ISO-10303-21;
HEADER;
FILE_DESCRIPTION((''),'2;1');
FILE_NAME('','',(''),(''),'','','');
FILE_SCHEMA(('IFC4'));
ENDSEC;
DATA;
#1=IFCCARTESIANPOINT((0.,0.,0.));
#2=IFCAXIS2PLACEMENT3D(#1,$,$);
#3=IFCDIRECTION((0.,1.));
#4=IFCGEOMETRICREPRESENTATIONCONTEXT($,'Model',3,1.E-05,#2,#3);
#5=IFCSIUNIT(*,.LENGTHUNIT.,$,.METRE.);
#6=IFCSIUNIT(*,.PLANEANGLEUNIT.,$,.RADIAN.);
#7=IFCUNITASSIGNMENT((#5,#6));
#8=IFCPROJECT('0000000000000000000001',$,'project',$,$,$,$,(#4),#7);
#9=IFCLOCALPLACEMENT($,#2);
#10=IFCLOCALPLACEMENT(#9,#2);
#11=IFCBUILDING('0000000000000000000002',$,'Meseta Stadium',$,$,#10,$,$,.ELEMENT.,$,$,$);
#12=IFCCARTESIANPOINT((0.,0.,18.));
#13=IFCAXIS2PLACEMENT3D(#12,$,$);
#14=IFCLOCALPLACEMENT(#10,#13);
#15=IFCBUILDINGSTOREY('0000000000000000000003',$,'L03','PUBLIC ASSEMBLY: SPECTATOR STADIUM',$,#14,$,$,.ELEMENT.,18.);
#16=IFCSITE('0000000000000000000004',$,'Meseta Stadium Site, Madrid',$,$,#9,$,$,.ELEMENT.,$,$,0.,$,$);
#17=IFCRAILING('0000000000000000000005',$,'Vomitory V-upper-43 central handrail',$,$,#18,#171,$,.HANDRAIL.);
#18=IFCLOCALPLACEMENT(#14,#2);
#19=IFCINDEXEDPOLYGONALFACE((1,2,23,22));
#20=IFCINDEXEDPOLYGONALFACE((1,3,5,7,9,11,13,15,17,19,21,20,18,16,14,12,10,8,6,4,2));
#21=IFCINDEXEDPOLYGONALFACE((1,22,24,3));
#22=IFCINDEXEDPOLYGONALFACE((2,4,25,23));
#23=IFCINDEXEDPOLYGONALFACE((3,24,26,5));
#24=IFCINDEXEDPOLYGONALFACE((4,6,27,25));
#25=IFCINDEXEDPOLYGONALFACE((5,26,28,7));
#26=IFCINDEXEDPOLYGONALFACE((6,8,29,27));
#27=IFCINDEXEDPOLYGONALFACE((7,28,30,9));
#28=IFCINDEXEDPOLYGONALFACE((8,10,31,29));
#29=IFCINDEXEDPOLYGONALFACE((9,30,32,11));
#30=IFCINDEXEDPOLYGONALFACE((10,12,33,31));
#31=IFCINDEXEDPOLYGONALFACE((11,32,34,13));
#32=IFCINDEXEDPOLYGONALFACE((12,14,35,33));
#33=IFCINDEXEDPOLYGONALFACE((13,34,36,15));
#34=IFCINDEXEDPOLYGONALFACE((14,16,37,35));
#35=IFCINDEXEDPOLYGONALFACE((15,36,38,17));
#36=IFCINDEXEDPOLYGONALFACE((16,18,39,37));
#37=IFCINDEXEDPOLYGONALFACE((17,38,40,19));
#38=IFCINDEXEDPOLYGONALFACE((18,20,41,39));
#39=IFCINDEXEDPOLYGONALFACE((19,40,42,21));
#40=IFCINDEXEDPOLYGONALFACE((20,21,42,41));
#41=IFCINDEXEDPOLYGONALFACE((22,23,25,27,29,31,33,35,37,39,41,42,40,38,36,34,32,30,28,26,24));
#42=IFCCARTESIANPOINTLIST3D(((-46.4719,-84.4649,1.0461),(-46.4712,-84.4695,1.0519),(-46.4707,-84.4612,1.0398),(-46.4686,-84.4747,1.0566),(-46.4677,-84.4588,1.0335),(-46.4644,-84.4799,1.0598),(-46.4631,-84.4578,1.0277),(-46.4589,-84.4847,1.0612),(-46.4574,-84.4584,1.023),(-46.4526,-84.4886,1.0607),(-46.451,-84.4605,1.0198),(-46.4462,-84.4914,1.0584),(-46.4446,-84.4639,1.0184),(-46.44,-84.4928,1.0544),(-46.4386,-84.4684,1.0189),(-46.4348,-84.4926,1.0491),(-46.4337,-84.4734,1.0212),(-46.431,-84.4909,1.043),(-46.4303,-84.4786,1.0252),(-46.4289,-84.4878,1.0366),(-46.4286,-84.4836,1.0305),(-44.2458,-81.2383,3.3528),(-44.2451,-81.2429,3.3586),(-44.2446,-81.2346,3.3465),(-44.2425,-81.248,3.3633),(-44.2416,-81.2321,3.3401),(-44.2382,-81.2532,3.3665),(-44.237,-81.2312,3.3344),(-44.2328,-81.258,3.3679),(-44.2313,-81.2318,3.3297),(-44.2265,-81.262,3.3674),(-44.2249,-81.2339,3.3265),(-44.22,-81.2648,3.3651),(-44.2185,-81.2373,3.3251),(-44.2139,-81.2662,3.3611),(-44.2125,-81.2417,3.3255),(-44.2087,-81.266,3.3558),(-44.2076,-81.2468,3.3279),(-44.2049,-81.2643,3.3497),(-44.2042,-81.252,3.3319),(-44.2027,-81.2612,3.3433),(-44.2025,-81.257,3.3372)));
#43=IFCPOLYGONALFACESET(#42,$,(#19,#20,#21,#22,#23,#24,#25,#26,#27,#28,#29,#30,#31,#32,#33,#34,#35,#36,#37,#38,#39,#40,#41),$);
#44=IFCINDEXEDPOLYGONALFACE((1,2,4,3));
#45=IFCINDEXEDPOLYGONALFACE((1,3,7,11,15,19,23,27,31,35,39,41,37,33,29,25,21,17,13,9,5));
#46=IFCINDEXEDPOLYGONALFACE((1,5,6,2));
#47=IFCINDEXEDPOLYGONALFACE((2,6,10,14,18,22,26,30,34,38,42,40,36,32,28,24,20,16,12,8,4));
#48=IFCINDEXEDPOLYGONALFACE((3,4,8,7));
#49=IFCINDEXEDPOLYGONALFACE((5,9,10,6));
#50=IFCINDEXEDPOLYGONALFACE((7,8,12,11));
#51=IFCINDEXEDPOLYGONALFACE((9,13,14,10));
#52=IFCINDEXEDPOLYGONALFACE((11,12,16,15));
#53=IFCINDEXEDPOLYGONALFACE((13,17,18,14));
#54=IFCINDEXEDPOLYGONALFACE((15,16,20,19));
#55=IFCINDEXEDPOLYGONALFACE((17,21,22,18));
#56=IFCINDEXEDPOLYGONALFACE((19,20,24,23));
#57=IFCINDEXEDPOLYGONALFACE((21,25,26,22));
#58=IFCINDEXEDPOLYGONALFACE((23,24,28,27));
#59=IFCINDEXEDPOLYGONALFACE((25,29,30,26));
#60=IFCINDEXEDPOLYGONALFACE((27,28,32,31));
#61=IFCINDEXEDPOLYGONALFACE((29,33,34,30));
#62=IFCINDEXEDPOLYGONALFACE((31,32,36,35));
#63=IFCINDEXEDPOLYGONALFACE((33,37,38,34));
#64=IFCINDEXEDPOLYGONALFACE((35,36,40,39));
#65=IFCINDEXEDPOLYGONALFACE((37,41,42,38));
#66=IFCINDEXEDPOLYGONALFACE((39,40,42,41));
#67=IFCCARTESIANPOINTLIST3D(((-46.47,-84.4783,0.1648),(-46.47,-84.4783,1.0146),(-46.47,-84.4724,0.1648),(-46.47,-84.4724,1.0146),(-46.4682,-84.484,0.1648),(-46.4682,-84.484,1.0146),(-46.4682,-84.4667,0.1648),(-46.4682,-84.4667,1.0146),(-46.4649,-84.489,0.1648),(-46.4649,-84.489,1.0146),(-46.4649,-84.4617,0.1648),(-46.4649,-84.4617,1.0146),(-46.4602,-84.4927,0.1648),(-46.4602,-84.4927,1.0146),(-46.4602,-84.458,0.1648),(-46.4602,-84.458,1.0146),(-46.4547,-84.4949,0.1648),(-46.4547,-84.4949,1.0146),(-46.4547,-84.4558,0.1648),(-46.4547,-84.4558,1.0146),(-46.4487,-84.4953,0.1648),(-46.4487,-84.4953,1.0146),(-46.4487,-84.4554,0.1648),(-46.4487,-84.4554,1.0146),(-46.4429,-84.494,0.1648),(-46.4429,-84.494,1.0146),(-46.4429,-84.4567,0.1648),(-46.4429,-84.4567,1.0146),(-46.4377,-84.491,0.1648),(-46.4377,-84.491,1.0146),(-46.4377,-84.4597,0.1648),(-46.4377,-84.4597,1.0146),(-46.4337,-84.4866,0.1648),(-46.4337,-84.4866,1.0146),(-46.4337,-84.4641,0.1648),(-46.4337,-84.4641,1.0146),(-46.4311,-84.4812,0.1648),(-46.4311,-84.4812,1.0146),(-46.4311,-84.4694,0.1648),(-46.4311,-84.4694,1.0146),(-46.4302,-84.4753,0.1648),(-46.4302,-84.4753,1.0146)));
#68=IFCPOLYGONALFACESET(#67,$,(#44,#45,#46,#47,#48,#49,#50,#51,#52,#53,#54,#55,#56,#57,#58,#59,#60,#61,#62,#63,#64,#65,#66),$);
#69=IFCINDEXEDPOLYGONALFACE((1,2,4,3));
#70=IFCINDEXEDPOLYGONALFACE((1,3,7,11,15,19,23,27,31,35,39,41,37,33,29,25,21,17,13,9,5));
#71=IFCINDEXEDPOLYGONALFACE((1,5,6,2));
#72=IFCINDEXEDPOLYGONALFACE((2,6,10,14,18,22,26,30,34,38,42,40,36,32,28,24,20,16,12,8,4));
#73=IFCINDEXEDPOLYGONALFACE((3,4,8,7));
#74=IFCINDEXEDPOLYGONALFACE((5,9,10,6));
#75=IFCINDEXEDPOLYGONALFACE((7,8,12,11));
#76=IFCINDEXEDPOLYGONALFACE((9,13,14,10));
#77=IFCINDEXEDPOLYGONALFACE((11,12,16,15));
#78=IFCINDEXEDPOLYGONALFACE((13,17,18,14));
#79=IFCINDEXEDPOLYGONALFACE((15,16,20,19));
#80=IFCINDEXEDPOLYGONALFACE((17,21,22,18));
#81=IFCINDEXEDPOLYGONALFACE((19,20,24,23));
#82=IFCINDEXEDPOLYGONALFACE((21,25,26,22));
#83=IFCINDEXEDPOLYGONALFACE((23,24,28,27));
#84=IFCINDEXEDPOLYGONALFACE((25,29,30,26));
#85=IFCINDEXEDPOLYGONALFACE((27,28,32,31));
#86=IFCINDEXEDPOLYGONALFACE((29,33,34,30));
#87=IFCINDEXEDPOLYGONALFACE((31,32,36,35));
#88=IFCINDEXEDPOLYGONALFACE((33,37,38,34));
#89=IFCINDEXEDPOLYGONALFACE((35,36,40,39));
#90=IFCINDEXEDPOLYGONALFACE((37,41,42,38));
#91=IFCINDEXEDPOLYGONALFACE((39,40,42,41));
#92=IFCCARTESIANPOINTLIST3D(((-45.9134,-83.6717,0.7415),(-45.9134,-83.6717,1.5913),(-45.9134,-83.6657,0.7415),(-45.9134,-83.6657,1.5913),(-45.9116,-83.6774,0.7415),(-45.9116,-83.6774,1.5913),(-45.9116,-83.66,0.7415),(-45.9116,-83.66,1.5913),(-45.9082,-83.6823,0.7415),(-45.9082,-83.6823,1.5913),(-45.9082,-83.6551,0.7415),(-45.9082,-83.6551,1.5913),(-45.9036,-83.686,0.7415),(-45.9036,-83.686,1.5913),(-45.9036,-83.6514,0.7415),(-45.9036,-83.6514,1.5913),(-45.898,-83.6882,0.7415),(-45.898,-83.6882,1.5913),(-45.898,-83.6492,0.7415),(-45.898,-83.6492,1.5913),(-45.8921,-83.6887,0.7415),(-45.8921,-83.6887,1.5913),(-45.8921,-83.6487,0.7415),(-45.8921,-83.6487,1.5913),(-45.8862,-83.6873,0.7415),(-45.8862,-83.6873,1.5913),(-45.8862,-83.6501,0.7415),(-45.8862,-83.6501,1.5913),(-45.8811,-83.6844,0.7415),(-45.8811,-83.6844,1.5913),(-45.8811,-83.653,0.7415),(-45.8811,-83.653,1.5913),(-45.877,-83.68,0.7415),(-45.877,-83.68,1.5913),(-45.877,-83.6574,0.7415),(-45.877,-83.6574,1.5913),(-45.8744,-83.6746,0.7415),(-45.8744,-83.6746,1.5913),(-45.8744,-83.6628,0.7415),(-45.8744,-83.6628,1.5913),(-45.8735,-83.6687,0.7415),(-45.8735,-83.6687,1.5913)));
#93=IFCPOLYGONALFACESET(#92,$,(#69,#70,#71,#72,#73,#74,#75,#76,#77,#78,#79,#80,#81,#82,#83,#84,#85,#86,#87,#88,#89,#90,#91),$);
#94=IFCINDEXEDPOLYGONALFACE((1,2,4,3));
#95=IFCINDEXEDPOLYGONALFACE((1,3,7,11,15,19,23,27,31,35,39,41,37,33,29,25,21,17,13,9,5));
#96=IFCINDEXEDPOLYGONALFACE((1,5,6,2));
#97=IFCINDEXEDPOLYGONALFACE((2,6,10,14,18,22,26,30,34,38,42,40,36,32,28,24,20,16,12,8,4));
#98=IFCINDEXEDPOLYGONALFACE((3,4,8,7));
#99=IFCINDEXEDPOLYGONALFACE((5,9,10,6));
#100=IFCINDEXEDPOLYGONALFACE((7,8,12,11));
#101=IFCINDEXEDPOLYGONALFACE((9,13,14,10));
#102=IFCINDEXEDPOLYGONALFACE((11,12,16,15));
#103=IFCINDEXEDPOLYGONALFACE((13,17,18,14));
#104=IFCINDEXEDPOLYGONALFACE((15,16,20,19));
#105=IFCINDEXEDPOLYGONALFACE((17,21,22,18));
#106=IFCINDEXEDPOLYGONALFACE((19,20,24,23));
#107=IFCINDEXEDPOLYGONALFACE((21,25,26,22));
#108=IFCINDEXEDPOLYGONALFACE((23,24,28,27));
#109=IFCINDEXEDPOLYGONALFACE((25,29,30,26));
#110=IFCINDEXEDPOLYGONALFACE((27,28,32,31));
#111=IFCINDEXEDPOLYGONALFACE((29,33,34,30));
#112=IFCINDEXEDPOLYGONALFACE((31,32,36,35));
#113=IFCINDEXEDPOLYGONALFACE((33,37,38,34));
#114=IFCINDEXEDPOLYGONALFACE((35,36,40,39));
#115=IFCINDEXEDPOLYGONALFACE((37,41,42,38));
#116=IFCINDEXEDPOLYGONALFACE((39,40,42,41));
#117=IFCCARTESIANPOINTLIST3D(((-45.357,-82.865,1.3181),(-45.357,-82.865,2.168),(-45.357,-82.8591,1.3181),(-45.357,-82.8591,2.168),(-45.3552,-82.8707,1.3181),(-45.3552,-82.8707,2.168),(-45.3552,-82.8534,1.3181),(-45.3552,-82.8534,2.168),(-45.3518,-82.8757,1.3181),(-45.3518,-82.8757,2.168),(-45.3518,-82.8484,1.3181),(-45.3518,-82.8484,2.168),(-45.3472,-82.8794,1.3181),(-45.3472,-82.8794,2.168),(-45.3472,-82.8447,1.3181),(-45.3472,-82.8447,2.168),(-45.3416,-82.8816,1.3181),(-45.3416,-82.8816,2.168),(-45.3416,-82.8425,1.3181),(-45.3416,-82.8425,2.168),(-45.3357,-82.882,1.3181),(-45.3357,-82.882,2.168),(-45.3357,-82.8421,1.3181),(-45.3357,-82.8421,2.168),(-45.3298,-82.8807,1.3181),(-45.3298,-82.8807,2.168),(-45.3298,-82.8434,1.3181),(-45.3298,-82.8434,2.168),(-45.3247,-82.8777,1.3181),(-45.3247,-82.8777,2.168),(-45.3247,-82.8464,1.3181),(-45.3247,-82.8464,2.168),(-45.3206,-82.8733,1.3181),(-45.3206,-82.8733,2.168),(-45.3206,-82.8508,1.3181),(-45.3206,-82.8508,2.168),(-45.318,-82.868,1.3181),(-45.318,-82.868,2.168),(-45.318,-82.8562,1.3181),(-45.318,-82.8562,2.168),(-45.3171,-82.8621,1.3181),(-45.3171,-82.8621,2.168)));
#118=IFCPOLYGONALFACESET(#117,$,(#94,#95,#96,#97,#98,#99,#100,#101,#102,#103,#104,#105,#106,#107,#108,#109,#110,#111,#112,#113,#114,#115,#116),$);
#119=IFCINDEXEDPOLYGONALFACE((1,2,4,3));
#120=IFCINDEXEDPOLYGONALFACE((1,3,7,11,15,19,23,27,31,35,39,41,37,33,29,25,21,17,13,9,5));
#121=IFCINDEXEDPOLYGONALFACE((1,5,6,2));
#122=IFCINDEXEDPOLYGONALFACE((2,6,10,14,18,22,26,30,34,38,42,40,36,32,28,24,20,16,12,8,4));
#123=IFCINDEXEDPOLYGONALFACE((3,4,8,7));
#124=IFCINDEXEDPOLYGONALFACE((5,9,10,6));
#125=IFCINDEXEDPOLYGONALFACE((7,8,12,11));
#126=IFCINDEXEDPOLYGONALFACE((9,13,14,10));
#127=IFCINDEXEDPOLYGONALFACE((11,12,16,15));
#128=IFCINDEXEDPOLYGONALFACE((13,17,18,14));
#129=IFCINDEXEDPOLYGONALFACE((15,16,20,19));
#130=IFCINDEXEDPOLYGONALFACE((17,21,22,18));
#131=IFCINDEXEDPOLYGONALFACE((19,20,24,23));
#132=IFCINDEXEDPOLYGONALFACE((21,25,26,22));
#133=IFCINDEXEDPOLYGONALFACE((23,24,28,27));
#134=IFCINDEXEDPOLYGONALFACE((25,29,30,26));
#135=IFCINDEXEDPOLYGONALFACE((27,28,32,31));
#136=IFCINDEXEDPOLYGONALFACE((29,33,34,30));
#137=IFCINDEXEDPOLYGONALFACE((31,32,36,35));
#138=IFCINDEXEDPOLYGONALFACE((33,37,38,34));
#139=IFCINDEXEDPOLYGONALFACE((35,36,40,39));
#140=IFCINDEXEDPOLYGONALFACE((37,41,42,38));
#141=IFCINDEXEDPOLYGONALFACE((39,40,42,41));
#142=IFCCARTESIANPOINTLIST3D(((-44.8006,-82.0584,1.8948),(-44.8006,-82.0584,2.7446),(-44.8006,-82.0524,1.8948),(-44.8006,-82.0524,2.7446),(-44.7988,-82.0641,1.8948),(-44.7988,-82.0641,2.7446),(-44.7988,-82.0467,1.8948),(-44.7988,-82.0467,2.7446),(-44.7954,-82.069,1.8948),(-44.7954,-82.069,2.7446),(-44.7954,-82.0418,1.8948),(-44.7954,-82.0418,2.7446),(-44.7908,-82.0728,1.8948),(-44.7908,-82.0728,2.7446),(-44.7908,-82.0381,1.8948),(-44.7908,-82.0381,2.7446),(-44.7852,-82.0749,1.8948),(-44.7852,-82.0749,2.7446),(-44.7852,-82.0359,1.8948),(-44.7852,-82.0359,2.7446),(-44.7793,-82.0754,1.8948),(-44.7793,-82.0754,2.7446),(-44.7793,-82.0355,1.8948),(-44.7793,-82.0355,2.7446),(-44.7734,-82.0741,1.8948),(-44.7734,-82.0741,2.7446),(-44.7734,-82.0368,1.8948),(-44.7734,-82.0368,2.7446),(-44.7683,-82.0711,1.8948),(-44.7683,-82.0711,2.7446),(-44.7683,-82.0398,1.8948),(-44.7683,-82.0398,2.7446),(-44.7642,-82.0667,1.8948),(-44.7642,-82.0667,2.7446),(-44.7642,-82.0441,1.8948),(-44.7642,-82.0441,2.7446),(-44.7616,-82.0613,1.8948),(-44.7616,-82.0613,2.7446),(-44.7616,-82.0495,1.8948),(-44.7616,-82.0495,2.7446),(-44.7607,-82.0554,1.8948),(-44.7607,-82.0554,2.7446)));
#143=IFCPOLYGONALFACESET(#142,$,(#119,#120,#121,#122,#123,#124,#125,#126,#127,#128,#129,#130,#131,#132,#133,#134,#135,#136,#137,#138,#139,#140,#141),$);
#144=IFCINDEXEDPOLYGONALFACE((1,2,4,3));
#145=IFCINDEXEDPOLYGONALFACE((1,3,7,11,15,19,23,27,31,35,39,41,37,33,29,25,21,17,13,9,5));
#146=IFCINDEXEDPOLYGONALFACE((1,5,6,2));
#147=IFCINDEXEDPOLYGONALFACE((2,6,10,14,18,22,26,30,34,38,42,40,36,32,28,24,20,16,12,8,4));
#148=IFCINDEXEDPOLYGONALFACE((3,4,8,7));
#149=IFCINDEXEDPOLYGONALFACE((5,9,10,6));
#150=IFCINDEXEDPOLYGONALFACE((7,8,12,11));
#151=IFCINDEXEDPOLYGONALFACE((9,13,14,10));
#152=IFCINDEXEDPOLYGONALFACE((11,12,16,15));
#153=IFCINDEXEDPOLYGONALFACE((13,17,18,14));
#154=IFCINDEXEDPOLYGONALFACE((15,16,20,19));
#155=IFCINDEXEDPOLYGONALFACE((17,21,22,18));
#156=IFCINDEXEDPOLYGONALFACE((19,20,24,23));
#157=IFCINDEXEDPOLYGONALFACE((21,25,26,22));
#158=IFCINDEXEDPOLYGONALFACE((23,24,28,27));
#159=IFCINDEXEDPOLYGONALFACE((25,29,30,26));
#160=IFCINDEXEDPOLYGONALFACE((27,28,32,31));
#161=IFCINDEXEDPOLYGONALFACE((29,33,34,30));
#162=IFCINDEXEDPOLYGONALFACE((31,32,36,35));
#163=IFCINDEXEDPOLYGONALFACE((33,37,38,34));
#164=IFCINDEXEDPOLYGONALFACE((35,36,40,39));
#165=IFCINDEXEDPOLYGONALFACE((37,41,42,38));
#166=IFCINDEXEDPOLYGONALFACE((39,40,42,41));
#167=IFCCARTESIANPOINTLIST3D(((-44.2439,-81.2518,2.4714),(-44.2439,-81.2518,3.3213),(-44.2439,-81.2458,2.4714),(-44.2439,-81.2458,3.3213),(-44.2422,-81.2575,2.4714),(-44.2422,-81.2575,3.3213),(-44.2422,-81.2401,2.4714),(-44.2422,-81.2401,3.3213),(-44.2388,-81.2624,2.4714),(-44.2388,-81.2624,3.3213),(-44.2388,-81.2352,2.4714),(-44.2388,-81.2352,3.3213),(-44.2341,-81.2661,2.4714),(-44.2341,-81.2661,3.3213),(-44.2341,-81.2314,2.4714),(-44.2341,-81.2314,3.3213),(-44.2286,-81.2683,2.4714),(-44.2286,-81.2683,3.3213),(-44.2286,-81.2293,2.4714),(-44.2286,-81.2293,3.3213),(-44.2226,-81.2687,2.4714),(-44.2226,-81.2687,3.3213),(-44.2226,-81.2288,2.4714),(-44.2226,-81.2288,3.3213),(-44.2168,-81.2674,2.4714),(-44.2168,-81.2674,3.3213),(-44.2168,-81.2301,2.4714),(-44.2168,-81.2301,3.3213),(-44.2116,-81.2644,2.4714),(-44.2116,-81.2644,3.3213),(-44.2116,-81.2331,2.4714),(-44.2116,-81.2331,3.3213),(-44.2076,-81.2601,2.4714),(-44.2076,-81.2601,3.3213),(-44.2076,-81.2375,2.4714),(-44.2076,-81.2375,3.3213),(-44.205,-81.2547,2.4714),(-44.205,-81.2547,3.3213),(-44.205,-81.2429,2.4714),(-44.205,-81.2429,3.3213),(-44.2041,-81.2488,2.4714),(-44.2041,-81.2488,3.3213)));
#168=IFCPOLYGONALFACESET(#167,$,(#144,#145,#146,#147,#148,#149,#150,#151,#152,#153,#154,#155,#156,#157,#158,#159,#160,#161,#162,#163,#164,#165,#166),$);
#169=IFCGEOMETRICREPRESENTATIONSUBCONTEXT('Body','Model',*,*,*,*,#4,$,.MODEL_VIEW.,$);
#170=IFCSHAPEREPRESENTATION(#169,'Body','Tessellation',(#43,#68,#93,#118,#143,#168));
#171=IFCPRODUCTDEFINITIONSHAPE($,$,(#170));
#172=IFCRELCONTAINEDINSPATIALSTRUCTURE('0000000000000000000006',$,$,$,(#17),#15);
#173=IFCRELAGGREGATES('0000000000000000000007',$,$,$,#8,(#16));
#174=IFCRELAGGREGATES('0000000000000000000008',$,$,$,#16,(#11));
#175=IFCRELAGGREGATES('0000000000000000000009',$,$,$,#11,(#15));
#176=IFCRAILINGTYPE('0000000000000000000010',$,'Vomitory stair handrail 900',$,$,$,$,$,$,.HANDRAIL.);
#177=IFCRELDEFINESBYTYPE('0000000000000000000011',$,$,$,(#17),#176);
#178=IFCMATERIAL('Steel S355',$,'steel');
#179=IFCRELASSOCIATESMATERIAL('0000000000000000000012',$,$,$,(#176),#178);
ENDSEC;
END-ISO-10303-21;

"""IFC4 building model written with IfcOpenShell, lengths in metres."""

from ifc_helpers import new_model, si_unit, direction, frame, origin, origin_2d, place, context, subcontext, project, spatial, circle, extrude, material, type_object, element, save


model = new_model("IFC4")

# Units and contexts
model_context = context("Model", 3, precision=1e-05, world=origin(), true_north=direction((0.0, 1.0)))
body_context = subcontext(model_context, "Body", "Model", "MODEL_VIEW")
ifc_project = project(units=[si_unit("LENGTHUNIT", "METRE"), si_unit("PLANEANGLEUNIT", "RADIAN")], contexts=[model_context])

# Site, building, storey
site_placement = place(None, origin())
site = spatial("IfcSite", under=ifc_project, at=site_placement, Name="Meseta Stadium Site, Madrid", CompositionType="ELEMENT", RefElevation=0.0)
building_placement = place(site_placement, origin())
building = spatial("IfcBuilding", under=site, at=building_placement, Name="Meseta Stadium", CompositionType="ELEMENT")
storey_placement = place(building_placement, frame((0.0, 0.0, 18.0)))
storey = spatial("IfcBuildingStorey", under=building, at=storey_placement, Name="L03", Description="PUBLIC ASSEMBLY: SPECTATOR STADIUM", CompositionType="ELEMENT", Elevation=18.0)

# Railing
ifc_material_1 = material(Name="Steel S355", Category="steel")
railing_type_1 = type_object("IfcRailingType", Name="Vomitory stair handrail 900", PredefinedType="HANDRAIL", material=ifc_material_1)
railing_1_placement = place(storey_placement, frame((-46.4502, -84.4753, 0.1648)))
element("IfcRailing", 1, at=railing_1_placement, inside=storey, type_object=railing_type_1, Name="Vomitory V-upper-43 central handrail", PredefinedType="HANDRAIL", context=body_context, shape_type="SweptSolid", body=[
    extrude(circle(Radius=0.0249, at=origin_2d()), frame((0.0, 0.0, 0.875), z_axis=(0.489434, 0.709405, 0.507148), x_axis=(-0.82311, 0.567881, 0.0)), (0.0, 0.0, 1.0), 4.5483),
    extrude(circle(Radius=0.02, at=origin_2d()), origin(), (0.0, 0.0, 1.0), 0.8499),
    extrude(circle(Radius=0.02, at=origin_2d()), frame((0.5566, 0.8066, 0.5767)), (0.0, 0.0, 1.0), 0.8499),
    extrude(circle(Radius=0.02, at=origin_2d()), frame((1.113, 1.6133, 1.1533)), (0.0, 0.0, 1.0), 0.8499),
    extrude(circle(Radius=0.02, at=origin_2d()), frame((1.6694, 2.4199, 1.73)), (0.0, 0.0, 1.0), 0.8499),
    extrude(circle(Radius=0.02, at=origin_2d()), frame((2.2261, 3.2266, 2.3066)), (0.0, 0.0, 1.0), 0.8499),
])

save(model, "model.ifc")
